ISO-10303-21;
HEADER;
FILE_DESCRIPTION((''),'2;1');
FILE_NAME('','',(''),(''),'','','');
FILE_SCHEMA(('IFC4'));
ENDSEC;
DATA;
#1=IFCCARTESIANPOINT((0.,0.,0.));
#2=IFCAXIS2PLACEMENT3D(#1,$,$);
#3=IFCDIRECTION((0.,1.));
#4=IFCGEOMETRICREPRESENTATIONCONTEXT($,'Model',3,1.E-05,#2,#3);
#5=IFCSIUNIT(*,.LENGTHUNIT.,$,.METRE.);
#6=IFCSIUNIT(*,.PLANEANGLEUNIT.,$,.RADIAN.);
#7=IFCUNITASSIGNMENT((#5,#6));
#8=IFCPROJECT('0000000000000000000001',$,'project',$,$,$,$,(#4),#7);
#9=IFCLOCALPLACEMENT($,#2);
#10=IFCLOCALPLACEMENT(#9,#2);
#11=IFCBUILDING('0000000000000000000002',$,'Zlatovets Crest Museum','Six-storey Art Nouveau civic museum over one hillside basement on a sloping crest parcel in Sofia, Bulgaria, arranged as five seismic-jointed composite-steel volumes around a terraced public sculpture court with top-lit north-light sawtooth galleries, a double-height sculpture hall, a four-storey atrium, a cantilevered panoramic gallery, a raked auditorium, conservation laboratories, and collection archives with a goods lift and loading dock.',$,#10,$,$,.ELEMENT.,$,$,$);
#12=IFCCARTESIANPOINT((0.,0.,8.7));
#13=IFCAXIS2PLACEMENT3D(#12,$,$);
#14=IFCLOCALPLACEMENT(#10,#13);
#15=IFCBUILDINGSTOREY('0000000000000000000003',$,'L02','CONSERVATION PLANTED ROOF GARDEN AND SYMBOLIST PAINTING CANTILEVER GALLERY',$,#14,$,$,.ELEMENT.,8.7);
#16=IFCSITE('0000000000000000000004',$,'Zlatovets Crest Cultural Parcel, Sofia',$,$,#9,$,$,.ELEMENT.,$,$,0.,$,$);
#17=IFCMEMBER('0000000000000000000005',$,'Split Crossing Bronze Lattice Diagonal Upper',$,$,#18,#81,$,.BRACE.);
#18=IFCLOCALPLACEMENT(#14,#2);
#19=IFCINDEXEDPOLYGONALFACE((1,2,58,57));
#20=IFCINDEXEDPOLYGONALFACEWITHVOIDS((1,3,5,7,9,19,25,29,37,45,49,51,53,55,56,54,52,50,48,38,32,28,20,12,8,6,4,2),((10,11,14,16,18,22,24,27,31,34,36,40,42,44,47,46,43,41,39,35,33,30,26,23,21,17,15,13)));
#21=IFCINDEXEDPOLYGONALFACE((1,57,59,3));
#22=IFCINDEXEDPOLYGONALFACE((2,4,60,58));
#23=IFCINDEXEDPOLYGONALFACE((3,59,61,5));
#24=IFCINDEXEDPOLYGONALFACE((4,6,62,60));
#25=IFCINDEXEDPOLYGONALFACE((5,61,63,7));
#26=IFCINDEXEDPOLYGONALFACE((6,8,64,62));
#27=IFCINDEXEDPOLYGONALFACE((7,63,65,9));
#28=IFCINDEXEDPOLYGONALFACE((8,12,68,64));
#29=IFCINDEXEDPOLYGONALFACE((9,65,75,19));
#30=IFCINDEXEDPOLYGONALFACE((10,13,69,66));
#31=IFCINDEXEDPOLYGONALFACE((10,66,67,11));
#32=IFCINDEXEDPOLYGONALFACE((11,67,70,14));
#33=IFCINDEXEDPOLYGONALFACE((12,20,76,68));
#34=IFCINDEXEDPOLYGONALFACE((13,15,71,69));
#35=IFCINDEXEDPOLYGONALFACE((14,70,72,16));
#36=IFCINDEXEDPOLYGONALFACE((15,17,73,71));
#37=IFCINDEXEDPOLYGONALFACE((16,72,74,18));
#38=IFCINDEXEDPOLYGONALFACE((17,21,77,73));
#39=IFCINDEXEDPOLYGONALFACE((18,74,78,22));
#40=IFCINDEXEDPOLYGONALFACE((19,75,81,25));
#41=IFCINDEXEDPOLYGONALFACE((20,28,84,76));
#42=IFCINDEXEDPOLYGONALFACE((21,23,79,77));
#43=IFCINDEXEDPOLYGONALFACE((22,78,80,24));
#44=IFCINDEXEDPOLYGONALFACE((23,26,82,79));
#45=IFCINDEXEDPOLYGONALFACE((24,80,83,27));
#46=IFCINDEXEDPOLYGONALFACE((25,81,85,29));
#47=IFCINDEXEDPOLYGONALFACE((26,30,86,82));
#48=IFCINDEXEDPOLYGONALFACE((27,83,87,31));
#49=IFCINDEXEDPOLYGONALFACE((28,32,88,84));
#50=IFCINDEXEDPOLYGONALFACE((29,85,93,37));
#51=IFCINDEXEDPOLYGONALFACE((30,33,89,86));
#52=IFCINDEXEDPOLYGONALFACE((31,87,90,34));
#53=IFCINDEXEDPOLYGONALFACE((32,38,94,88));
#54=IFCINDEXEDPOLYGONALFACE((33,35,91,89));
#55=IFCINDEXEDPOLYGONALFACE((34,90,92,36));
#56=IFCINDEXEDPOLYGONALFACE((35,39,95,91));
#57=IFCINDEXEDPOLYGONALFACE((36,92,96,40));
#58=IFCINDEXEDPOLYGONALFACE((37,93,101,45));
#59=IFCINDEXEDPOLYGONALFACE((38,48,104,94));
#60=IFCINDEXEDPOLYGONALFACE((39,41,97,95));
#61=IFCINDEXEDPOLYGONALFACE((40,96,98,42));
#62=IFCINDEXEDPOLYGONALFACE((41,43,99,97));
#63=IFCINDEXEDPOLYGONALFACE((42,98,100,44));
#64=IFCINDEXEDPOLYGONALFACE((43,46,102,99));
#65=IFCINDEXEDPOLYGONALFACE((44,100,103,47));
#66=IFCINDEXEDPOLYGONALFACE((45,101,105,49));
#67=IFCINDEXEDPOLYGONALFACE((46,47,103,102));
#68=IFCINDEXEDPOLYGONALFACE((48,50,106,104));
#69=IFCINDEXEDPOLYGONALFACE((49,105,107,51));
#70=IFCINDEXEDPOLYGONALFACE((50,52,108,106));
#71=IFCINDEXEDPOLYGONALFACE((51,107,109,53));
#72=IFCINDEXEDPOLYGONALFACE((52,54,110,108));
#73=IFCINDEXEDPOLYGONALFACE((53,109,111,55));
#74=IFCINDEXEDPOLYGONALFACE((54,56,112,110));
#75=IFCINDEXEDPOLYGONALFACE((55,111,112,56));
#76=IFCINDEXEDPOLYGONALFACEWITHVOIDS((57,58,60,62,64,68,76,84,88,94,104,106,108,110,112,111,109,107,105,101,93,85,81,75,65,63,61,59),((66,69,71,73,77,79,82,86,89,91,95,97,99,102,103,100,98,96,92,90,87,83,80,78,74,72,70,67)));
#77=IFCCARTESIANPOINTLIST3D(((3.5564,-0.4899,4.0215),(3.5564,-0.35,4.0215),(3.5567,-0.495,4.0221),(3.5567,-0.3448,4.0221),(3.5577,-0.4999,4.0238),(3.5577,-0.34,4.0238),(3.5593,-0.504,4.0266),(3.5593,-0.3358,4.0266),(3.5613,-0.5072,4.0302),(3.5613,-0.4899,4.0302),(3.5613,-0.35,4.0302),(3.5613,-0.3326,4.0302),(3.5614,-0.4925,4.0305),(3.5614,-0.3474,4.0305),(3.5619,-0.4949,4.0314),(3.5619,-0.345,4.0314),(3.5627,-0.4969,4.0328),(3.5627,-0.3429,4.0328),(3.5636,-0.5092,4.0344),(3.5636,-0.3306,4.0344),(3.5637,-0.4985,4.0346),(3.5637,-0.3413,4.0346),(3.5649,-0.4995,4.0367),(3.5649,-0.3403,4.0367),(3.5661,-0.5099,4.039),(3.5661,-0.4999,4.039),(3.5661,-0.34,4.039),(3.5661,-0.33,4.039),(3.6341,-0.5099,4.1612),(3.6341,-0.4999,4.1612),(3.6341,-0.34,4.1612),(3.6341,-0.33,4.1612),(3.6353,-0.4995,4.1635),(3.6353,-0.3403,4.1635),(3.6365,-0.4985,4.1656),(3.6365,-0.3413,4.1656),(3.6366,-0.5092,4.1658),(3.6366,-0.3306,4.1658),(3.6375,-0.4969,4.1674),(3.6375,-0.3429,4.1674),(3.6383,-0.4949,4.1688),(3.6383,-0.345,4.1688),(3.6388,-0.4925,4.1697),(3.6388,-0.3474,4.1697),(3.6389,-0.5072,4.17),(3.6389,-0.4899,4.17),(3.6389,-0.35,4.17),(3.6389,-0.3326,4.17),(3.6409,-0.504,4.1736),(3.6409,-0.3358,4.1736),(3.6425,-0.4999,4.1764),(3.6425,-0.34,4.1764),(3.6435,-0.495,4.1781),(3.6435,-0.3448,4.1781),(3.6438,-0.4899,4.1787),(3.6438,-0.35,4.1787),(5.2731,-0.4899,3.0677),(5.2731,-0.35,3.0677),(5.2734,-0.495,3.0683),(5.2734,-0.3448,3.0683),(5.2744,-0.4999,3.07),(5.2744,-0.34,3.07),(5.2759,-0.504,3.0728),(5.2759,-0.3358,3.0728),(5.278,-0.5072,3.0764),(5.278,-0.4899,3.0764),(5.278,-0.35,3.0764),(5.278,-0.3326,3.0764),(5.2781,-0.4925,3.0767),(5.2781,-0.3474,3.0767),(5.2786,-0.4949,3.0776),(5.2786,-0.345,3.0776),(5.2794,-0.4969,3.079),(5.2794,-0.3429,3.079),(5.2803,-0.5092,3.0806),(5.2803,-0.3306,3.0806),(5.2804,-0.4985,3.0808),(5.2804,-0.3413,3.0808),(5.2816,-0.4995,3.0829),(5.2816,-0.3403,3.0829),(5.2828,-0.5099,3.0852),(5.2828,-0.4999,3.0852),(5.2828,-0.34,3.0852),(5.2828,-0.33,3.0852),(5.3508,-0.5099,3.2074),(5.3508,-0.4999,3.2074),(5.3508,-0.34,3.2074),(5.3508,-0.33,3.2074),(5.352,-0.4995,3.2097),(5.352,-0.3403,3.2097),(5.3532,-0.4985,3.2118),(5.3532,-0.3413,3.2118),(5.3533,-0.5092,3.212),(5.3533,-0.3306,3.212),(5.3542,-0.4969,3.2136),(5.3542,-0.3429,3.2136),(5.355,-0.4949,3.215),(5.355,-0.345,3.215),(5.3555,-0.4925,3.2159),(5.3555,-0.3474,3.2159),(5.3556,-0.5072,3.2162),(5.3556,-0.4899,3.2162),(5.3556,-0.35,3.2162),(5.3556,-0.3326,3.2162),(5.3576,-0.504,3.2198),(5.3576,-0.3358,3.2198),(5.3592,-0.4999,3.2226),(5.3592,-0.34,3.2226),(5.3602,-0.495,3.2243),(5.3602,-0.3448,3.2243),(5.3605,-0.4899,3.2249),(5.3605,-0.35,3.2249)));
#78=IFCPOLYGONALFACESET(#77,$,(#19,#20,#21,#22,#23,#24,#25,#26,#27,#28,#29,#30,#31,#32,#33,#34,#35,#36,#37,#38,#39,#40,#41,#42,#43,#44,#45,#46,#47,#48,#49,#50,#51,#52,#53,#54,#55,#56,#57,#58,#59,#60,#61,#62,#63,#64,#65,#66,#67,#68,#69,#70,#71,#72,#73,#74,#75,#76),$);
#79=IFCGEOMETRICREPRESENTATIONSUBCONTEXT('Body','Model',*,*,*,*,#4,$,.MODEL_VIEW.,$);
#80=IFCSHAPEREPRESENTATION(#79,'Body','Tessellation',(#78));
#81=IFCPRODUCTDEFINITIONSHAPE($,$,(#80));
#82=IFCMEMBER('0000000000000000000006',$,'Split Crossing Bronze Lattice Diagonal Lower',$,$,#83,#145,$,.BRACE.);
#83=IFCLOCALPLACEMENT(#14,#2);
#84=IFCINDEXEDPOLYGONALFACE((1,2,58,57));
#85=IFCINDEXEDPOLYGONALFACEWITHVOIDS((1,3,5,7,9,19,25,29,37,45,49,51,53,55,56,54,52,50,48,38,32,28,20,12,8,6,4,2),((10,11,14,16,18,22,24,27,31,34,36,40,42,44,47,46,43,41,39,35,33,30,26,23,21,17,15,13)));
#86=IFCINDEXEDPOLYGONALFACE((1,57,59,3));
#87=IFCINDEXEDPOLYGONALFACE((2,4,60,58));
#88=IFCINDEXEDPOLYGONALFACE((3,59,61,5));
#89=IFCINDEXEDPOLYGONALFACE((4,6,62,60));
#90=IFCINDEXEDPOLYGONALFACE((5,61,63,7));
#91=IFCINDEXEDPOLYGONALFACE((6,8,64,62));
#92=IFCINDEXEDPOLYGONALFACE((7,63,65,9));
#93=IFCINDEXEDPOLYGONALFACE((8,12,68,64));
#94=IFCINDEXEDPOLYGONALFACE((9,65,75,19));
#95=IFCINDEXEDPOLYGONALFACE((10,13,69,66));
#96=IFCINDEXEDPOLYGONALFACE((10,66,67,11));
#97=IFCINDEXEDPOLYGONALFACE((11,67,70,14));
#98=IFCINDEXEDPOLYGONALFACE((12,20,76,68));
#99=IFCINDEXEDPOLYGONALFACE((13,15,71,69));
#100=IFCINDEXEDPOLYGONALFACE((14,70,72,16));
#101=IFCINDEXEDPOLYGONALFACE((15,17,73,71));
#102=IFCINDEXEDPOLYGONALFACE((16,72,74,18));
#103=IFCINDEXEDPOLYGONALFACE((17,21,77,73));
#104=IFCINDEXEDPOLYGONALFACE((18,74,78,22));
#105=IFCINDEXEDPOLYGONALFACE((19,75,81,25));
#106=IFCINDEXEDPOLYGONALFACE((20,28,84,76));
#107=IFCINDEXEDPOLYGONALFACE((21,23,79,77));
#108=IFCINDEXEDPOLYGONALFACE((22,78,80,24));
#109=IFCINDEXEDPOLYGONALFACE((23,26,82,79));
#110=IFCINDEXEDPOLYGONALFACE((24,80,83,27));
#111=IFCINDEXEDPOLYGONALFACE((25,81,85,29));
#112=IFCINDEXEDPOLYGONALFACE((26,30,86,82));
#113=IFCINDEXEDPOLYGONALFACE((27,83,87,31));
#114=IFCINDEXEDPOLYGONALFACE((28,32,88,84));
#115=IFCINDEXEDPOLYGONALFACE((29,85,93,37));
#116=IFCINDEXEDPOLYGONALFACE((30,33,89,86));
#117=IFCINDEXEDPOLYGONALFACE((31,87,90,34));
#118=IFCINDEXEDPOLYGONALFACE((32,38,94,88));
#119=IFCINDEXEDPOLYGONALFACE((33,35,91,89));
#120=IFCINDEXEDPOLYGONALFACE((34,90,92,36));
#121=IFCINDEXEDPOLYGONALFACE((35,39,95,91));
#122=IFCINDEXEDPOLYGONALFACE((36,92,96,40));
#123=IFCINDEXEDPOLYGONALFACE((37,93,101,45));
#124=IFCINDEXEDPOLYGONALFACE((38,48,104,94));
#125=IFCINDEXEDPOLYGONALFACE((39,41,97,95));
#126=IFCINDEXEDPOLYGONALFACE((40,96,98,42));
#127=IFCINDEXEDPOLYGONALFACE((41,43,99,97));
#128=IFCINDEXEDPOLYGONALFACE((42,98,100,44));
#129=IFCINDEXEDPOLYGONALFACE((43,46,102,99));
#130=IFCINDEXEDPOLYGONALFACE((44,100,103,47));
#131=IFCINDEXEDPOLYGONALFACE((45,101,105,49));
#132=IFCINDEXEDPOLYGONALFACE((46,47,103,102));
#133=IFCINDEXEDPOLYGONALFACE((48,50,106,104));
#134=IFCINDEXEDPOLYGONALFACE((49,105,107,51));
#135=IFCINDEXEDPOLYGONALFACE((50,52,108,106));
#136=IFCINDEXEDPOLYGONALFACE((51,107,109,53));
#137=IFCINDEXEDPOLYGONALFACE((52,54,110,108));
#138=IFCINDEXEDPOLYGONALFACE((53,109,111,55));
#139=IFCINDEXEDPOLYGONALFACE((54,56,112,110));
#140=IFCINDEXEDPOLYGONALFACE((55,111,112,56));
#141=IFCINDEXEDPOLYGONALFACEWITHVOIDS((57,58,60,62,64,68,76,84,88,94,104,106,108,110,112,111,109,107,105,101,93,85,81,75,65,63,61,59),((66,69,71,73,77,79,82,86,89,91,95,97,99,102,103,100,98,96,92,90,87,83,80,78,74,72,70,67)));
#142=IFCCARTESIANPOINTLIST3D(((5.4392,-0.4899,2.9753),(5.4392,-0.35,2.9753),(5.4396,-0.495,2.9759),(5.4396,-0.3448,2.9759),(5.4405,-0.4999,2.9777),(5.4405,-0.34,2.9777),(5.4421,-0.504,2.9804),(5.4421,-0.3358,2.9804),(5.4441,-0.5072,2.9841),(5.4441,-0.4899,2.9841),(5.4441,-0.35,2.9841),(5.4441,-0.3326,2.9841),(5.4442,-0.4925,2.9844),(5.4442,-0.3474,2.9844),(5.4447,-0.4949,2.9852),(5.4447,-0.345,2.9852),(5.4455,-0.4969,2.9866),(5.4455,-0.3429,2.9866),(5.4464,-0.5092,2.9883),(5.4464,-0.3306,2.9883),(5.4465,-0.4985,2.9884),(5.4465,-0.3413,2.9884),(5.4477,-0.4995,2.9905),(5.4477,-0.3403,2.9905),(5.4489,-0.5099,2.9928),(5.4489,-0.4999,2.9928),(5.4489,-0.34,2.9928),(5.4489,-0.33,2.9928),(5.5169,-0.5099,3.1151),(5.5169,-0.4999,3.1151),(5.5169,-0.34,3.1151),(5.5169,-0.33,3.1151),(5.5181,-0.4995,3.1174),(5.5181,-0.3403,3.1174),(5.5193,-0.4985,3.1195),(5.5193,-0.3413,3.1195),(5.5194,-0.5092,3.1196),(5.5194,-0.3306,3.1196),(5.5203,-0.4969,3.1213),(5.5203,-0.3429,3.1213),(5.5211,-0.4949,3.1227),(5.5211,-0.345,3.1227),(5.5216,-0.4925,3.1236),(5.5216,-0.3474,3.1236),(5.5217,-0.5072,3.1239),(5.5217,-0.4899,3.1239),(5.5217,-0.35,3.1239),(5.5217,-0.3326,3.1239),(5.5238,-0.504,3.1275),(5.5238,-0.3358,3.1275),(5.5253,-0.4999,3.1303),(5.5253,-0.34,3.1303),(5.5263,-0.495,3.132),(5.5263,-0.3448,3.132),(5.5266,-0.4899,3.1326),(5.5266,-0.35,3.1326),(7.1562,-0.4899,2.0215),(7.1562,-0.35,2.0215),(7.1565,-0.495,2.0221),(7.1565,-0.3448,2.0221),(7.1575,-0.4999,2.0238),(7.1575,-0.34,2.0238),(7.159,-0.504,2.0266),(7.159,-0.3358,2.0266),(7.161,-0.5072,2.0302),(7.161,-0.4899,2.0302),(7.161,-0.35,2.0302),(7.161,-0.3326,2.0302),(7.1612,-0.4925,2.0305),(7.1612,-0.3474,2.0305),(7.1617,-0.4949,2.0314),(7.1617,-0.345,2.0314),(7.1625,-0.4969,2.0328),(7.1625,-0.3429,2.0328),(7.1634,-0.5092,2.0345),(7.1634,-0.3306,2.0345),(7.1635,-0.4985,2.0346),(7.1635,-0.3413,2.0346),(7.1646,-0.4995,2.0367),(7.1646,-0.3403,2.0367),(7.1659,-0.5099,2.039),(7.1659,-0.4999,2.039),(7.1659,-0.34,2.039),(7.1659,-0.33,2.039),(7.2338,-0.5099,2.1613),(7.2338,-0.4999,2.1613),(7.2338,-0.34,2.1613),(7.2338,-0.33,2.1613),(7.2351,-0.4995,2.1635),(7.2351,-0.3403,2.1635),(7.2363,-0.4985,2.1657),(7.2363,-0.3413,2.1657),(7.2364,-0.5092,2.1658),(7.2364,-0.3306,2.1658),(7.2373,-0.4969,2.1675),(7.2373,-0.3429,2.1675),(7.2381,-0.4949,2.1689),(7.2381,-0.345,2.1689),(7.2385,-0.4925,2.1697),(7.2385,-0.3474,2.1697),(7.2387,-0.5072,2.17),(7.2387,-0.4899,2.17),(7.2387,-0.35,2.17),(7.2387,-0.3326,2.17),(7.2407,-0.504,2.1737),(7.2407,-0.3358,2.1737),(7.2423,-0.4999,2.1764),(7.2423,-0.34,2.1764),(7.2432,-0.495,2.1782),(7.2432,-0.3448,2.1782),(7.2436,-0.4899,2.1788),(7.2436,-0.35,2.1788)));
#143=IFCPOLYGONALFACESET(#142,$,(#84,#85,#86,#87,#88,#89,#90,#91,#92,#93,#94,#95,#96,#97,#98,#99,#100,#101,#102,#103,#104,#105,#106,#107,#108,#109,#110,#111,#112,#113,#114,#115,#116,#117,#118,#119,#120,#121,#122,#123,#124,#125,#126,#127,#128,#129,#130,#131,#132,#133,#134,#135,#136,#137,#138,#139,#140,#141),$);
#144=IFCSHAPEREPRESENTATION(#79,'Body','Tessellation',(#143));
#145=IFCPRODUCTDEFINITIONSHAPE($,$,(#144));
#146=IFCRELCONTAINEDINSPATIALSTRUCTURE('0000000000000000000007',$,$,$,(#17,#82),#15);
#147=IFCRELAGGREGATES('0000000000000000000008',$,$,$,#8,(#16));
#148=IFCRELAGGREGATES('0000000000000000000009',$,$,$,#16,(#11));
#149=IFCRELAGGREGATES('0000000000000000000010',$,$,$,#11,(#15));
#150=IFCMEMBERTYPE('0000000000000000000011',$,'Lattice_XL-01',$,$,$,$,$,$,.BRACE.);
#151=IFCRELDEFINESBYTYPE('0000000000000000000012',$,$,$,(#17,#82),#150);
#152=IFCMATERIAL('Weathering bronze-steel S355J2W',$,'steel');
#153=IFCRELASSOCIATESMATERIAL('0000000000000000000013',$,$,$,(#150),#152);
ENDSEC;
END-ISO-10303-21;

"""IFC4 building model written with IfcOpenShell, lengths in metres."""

from ifc_helpers import new_model, si_unit, direction, frame, origin, origin_2d, place, context, subcontext, project, spatial, hollow_rectangle, extrude, material, material_profile, profile_set, type_object, element, save


model = new_model("IFC4")

# Units and contexts
model_context = context("Model", 3, precision=1e-05, world=origin(), true_north=direction((0.0, 1.0)))
body_context = subcontext(model_context, "Body", "Model", "MODEL_VIEW")
ifc_project = project(units=[si_unit("LENGTHUNIT", "METRE"), si_unit("PLANEANGLEUNIT", "RADIAN")], contexts=[model_context])

# Site, building, storey
site_placement = place(None, origin())
site = spatial("IfcSite", under=ifc_project, at=site_placement, Name="Zlatovets Crest Cultural Parcel, Sofia", CompositionType="ELEMENT", RefElevation=0.0)
building_placement = place(site_placement, origin())
building = spatial("IfcBuilding", under=site, at=building_placement, Name="Zlatovets Crest Museum", Description="Six-storey Art Nouveau civic museum over one hillside basement on a sloping crest parcel in Sofia, Bulgaria, arranged as five seismic-jointed composite-steel volumes around a terraced public sculpture court with top-lit north-light sawtooth galleries, a double-height sculpture hall, a four-storey atrium, a cantilevered panoramic gallery, a raked auditorium, conservation laboratories, and collection archives with a goods lift and loading dock.", CompositionType="ELEMENT")
storey_placement = place(building_placement, frame((0.0, 0.0, 8.7)))
storey = spatial("IfcBuildingStorey", under=building, at=storey_placement, Name="L02", Description="CONSERVATION PLANTED ROOF GARDEN AND SYMBOLIST PAINTING CANTILEVER GALLERY", CompositionType="ELEMENT", Elevation=8.7)

# Members
ifc_material_1 = material(Name="Weathering bronze-steel S355J2W", Category="steel")
ifc_material_profile_1 = material_profile(ifc_material_1, hollow_rectangle(XDim=0.1799, YDim=0.1799, WallThickness=0.01, InnerFilletRadius=0.01, OuterFilletRadius=0.02, at=origin_2d()), Name="SHS 180x180x10.0")
ifc_profile_set_1 = profile_set([ifc_material_profile_1], Name="Weathering bronze-steel S355J2W")
member_type_1 = type_object("IfcMemberType", Name="Lattice_XL-01", PredefinedType="BRACE", material=ifc_profile_set_1)
member_1_placement = place(storey_placement, frame((3.6001, -0.4199, 4.1001), z_axis=(0.87414, 0.0, -0.485675), x_axis=(0.0, 1.0, 0.0)))
element("IfcMember", 1, at=member_1_placement, inside=storey, type_object=member_type_1, Name="Split Crossing Bronze Lattice Diagonal Upper", PredefinedType="BRACE", context=body_context, shape_type="SweptSolid", body=[
    extrude(hollow_rectangle(XDim=0.1799, YDim=0.1799, WallThickness=0.01, InnerFilletRadius=0.01, OuterFilletRadius=0.02, at=origin_2d()), origin(), (0.0, 0.0, 1.0), 1.9639),
])
member_2_placement = place(storey_placement, frame((5.4829, -0.4199, 3.054), z_axis=(0.874169, 0.0, -0.485622), x_axis=(0.0, 1.0, 0.0)))
element("IfcMember", 2, at=member_2_placement, inside=storey, type_object=member_type_1, Name="Split Crossing Bronze Lattice Diagonal Lower", PredefinedType="BRACE", context=body_context, shape_type="SweptSolid", body=[
    extrude(hollow_rectangle(XDim=0.1799, YDim=0.1799, WallThickness=0.01, InnerFilletRadius=0.01, OuterFilletRadius=0.02, at=origin_2d()), origin(), (0.0, 0.0, 1.0), 1.9641),
])

save(model, "model.ifc")
